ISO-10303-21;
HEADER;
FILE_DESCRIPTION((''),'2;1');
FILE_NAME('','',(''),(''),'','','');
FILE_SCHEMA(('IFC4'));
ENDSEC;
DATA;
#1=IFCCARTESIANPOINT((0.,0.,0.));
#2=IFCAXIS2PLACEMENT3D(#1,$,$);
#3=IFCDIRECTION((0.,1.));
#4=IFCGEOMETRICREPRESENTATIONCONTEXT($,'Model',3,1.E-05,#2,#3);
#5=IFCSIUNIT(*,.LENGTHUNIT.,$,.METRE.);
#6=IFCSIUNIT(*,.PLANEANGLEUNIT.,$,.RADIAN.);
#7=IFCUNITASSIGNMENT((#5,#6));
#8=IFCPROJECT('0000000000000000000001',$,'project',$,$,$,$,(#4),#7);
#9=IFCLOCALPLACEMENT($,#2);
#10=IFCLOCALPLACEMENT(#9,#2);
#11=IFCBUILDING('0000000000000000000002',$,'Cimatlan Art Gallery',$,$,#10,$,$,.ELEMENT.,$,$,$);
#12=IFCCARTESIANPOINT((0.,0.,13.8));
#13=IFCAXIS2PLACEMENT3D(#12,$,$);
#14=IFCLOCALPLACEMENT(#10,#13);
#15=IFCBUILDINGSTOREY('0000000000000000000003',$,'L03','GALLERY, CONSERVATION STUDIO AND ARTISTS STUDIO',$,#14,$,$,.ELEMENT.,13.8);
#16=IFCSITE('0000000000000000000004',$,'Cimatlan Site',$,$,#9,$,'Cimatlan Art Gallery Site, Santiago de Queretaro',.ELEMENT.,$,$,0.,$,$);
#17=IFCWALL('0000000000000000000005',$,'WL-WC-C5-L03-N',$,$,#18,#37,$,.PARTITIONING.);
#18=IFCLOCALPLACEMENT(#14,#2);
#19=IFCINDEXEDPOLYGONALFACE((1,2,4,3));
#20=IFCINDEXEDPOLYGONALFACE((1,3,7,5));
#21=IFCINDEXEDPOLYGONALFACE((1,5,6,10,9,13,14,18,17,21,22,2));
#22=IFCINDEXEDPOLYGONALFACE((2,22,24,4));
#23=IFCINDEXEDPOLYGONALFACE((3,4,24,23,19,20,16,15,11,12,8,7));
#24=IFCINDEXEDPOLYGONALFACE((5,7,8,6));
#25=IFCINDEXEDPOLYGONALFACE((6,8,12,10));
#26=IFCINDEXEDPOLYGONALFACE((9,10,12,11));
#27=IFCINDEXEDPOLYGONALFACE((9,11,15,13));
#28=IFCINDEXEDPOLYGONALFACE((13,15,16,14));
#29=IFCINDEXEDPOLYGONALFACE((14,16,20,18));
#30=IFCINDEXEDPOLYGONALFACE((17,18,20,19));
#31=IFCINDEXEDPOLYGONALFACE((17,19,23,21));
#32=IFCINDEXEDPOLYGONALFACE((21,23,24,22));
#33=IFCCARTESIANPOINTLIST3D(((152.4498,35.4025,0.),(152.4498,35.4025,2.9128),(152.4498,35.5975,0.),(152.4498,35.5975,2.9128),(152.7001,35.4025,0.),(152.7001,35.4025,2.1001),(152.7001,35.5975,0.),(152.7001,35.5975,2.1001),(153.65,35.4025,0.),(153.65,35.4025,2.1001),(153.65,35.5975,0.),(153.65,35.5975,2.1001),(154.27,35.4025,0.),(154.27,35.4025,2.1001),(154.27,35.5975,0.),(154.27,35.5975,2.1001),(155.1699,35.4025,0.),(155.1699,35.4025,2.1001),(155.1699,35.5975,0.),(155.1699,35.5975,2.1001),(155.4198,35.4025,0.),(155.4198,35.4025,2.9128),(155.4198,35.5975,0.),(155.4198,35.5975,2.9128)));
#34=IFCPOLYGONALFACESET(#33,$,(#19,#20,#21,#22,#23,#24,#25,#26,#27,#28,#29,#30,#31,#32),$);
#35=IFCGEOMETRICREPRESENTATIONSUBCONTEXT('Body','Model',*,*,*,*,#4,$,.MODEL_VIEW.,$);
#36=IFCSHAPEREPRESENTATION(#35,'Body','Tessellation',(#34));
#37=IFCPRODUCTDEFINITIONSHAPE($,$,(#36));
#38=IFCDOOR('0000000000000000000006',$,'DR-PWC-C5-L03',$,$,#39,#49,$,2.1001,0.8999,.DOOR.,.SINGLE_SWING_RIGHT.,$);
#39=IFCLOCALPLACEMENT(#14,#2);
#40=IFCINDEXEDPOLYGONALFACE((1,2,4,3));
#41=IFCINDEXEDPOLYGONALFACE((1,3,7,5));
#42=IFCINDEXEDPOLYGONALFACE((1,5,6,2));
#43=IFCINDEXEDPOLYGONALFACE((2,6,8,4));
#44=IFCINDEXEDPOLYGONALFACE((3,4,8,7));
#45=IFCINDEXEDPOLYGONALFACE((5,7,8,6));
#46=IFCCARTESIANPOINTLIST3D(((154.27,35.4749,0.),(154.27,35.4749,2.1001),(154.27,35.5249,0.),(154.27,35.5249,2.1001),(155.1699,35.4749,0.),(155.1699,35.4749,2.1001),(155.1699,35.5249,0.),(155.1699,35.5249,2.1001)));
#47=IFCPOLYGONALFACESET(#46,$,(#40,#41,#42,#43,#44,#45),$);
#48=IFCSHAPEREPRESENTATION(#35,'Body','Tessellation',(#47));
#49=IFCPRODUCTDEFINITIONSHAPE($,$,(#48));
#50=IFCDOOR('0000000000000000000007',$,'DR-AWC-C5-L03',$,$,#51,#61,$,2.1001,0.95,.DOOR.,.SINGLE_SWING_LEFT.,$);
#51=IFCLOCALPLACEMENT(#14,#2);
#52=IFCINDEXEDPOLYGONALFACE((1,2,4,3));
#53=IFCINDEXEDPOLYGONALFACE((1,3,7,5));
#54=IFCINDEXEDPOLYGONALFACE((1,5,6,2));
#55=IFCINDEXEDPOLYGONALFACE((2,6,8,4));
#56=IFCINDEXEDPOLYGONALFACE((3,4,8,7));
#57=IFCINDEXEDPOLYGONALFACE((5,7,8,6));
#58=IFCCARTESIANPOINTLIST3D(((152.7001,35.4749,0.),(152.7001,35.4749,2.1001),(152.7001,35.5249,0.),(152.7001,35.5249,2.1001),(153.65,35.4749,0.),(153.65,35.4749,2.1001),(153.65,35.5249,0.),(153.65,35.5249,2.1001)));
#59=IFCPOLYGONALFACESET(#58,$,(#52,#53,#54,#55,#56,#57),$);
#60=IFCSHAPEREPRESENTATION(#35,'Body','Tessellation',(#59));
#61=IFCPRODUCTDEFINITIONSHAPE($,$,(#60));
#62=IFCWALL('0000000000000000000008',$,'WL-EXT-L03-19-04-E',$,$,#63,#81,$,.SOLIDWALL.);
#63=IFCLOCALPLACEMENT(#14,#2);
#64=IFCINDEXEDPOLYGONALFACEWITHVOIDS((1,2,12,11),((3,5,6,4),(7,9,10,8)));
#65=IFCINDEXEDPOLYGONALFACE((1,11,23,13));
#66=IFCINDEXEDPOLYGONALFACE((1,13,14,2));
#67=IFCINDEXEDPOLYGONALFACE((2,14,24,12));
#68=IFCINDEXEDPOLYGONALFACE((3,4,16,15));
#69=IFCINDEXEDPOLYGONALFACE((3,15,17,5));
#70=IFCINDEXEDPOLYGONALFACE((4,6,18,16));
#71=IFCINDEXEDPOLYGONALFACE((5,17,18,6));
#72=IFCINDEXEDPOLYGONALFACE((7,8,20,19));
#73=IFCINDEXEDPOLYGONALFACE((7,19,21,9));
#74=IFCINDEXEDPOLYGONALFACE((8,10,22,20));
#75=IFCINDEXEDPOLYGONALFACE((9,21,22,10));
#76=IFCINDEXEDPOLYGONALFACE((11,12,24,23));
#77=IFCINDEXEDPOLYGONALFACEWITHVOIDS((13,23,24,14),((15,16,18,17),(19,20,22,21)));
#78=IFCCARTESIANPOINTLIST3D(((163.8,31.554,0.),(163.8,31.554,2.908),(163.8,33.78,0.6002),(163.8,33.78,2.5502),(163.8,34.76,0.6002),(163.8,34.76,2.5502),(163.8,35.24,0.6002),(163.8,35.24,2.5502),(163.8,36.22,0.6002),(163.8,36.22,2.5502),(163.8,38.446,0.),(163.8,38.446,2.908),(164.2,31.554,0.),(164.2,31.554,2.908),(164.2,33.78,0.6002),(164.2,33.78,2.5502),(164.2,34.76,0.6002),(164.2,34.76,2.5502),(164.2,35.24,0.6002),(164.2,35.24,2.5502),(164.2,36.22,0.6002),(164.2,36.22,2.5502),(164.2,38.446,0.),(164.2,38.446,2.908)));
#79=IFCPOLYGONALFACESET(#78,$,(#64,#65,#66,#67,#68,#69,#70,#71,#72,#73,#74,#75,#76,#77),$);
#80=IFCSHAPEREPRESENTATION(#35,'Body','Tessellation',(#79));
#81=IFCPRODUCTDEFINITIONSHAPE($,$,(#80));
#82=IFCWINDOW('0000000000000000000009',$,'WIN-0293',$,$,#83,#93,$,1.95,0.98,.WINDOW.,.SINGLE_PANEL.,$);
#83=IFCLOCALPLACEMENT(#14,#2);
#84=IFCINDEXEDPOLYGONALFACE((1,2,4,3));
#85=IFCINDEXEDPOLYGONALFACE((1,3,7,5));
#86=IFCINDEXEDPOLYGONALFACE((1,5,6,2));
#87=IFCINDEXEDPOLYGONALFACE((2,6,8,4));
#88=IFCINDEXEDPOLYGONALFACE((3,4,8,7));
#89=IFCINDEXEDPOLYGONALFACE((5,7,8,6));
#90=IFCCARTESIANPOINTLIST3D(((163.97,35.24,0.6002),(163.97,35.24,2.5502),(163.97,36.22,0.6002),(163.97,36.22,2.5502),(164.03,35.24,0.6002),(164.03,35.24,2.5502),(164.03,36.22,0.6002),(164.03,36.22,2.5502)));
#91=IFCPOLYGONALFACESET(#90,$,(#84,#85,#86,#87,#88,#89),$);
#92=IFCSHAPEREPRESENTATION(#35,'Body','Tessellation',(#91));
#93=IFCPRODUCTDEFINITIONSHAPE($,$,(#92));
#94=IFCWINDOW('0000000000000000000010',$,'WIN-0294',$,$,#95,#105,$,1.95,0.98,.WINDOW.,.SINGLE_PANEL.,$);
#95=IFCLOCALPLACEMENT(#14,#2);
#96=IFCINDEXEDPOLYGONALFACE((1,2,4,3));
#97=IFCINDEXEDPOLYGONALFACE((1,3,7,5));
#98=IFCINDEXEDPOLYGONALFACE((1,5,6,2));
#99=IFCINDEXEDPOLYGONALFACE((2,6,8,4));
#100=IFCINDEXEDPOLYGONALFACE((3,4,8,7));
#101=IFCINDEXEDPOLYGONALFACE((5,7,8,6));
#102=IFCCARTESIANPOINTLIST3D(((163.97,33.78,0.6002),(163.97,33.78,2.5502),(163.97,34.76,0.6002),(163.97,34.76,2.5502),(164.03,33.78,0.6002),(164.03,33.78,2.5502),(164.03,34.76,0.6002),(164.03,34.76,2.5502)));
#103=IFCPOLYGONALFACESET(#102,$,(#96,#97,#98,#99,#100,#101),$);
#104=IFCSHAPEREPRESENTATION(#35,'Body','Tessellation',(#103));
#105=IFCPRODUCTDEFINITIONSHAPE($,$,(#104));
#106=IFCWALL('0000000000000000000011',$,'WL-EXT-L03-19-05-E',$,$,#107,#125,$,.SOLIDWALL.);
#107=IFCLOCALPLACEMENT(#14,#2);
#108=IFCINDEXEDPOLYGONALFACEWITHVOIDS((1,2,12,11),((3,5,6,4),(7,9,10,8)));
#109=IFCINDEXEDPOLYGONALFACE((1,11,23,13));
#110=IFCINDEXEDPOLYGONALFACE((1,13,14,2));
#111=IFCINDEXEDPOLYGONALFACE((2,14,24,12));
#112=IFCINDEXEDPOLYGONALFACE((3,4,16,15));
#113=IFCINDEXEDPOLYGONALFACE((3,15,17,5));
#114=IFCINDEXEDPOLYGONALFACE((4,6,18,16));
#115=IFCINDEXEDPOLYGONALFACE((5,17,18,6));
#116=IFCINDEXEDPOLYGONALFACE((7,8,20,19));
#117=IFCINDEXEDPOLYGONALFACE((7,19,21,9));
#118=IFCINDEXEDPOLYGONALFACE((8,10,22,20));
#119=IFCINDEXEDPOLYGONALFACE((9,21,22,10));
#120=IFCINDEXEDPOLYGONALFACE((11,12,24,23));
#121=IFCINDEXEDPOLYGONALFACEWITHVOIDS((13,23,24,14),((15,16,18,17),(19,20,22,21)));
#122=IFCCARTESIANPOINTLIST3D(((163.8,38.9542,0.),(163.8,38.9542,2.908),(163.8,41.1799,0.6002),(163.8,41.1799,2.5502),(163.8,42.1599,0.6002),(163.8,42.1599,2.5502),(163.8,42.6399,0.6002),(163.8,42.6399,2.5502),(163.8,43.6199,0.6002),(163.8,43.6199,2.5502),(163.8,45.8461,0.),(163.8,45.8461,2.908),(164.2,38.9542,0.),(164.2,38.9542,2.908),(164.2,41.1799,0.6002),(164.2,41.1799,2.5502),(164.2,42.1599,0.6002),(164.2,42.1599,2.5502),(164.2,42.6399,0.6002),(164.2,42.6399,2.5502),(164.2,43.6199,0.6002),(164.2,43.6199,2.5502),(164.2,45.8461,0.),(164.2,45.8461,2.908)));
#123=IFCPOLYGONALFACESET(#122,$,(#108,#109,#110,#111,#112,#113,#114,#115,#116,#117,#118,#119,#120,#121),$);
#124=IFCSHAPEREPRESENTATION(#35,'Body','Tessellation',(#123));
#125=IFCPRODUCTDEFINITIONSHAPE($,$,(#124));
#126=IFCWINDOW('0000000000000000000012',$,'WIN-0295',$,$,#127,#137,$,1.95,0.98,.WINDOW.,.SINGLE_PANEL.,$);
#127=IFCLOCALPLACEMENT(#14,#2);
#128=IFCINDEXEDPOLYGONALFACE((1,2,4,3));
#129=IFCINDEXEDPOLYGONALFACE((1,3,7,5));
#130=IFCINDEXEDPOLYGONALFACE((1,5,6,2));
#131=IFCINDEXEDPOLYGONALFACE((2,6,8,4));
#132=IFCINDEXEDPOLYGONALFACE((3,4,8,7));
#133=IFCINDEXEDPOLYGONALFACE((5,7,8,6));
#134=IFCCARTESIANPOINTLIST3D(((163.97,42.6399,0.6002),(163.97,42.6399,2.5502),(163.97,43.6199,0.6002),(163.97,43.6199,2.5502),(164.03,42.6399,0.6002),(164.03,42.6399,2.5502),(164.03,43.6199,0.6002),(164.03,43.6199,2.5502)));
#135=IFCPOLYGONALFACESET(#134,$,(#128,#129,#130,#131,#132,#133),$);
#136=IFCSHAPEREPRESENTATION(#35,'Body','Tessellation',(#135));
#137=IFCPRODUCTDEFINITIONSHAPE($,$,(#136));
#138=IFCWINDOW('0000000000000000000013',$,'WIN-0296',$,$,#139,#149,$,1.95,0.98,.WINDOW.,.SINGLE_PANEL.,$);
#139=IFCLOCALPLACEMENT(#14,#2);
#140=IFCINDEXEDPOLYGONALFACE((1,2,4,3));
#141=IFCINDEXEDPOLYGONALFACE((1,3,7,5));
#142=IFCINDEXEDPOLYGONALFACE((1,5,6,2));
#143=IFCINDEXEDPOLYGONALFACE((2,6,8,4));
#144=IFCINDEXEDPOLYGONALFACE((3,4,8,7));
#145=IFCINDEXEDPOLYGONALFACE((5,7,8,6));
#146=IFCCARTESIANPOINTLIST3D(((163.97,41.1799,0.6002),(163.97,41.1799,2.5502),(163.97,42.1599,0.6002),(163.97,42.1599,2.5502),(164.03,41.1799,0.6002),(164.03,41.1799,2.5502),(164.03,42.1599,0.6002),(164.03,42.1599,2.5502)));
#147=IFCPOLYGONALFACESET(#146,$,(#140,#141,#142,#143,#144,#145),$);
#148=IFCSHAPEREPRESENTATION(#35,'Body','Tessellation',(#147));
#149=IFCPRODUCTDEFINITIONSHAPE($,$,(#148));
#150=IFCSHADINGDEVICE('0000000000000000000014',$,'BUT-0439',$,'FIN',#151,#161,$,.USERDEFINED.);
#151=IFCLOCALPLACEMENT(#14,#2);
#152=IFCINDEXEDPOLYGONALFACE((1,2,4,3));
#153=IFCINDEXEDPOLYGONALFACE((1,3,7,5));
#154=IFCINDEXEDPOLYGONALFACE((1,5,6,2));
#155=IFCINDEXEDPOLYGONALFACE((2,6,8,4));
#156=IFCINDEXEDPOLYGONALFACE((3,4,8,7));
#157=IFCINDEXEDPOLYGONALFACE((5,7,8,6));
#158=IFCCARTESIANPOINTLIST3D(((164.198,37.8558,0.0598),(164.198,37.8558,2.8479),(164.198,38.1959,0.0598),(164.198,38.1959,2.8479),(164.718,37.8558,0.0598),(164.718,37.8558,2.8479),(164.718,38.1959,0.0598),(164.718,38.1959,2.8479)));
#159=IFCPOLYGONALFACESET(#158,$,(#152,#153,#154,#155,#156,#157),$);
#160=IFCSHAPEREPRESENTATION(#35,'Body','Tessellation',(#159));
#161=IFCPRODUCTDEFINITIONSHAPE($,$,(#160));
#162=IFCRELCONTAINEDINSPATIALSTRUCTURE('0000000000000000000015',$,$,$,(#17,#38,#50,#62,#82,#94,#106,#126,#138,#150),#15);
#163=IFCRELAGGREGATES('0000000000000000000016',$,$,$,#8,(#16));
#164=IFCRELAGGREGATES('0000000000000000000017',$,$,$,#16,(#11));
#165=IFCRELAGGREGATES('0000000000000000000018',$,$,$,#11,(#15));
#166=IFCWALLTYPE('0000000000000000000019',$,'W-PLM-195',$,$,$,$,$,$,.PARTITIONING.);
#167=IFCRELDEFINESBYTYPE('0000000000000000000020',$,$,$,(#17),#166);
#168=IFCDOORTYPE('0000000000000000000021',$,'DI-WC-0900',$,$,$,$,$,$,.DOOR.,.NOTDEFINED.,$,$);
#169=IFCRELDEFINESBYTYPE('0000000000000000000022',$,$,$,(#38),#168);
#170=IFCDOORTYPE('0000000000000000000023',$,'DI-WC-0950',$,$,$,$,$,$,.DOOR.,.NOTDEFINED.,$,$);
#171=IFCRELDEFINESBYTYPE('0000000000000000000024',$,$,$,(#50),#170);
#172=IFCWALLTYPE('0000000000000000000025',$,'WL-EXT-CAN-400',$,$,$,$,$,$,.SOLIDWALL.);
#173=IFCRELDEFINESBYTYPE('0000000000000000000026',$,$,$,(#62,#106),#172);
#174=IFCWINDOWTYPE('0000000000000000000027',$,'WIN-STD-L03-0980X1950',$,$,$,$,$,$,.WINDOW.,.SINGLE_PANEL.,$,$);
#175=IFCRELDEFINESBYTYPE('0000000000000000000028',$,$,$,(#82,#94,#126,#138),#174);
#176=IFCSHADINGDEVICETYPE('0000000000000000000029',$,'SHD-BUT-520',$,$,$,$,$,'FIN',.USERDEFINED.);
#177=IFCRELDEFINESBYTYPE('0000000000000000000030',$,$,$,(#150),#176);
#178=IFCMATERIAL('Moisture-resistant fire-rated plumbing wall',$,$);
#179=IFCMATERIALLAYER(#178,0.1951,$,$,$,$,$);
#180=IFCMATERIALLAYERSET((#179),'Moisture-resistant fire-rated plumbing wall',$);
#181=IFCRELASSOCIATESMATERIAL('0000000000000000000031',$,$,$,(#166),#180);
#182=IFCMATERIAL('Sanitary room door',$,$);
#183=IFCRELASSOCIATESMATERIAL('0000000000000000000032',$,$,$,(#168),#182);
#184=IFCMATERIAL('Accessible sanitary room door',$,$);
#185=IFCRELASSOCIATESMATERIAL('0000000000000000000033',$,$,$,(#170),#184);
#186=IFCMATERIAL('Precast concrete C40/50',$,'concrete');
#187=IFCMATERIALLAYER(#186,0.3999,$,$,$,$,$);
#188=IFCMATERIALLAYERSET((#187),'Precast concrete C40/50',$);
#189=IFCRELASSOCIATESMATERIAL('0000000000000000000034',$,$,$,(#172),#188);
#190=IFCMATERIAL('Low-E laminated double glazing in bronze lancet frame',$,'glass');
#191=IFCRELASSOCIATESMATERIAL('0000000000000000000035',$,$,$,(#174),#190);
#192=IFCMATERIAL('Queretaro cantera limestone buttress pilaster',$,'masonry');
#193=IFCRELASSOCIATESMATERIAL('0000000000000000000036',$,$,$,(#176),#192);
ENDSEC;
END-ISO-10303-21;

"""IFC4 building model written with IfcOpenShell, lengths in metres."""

from ifc_helpers import new_model, si_unit, direction, frame, frame_2d, origin, origin_2d, place, context, subcontext, project, spatial, rectangle, extrude, material, layer, layer_set, type_object, element, fill, save


model = new_model("IFC4")

# Units and contexts
model_context = context("Model", 3, precision=1e-05, world=origin(), true_north=direction((0.0, 1.0)))
body_context = subcontext(model_context, "Body", "Model", "MODEL_VIEW")
ifc_project = project(units=[si_unit("LENGTHUNIT", "METRE"), si_unit("PLANEANGLEUNIT", "RADIAN")], contexts=[model_context])

# Site, building, storey
site_placement = place(None, origin())
site = spatial("IfcSite", under=ifc_project, at=site_placement, Name="Cimatlan Site", LongName="Cimatlan Art Gallery Site, Santiago de Queretaro", CompositionType="ELEMENT", RefElevation=0.0)
building_placement = place(site_placement, origin())
building = spatial("IfcBuilding", under=site, at=building_placement, Name="Cimatlan Art Gallery", CompositionType="ELEMENT")
storey_placement = place(building_placement, frame((0.0, 0.0, 13.8)))
storey = spatial("IfcBuildingStorey", under=building, at=storey_placement, Name="L03", Description="GALLERY, CONSERVATION STUDIO AND ARTISTS STUDIO", CompositionType="ELEMENT", Elevation=13.8)

# Shared definitions
ifc_material_1 = material(Name="Precast concrete C40/50", Category="concrete")

# Wall, openings, doors
ifc_material_2 = material(Name="Moisture-resistant fire-rated plumbing wall")
ifc_layer_1 = layer(ifc_material_2, 0.1951)
ifc_layer_set_1 = layer_set([ifc_layer_1], Name="Moisture-resistant fire-rated plumbing wall")
wall_type_1 = type_object("IfcWallType", Name="W-PLM-195", PredefinedType="PARTITIONING", material=ifc_layer_set_1)
wall_1_placement = place(storey_placement, frame((152.45, 35.5, 0.0), z_axis=(0.0, 0.0, 1.0), x_axis=(1.0, 0.0, 0.0)))
wall_1 = element("IfcWall", 1, at=wall_1_placement, inside=storey, type_object=wall_type_1, Name="WL-WC-C5-L03-N", PredefinedType="PARTITIONING", context=body_context, shape_type="SweptSolid", body=[
    extrude(rectangle(XDim=2.97, YDim=0.1951, at=frame_2d((1.4849, 0.0))), origin(), (0.0, 0.0, 1.0), 2.9128),
])
opening_1_placement = place(wall_1_placement, frame((0.25, 0.0, 0.0)))
opening_1 = element("IfcOpeningElement", 2, at=opening_1_placement, cuts=wall_1, PredefinedType="OPENING", context=body_context, shape_type="SweptSolid", body=[
    extrude(rectangle(XDim=0.95, YDim=2.1001, at=frame_2d((0.4751, 1.05))), frame((0.0, 0.1074, 0.0), z_axis=(0.0, -1.0, 0.0), x_axis=(1.0, 0.0, 0.0)), (0.0, 0.0, 1.0), 0.2151),
])
opening_2_placement = place(wall_1_placement, frame((1.8201, 0.0, 0.0)))
opening_2 = element("IfcOpeningElement", 3, at=opening_2_placement, cuts=wall_1, PredefinedType="OPENING", context=body_context, shape_type="SweptSolid", body=[
    extrude(rectangle(XDim=0.8999, YDim=2.1001, at=frame_2d((0.45, 1.05))), frame((0.0, 0.1074, 0.0), z_axis=(0.0, -1.0, 0.0), x_axis=(1.0, 0.0, 0.0)), (0.0, 0.0, 1.0), 0.2151),
])
ifc_material_3 = material(Name="Sanitary room door")
door_type_1 = type_object("IfcDoorType", Name="DI-WC-0900", OperationType="NOTDEFINED", PredefinedType="DOOR", material=ifc_material_3)
door_1_placement = place(opening_2_placement, origin())
door_1 = element("IfcDoor", 4, at=door_1_placement, inside=storey, type_object=door_type_1, Name="DR-PWC-C5-L03", OperationType="SINGLE_SWING_RIGHT", OverallHeight=2.1001, OverallWidth=0.8999, PredefinedType="DOOR", context=body_context, shape_type="SweptSolid", body=[
    extrude(rectangle(XDim=0.8999, YDim=2.1001, at=frame_2d((0.45, 1.05))), frame((0.0, 0.0249, 0.0), z_axis=(0.0, -1.0, 0.0), x_axis=(1.0, 0.0, 0.0)), (0.0, 0.0, 1.0), 0.05),
])
fill(opening_2, door_1)
ifc_material_4 = material(Name="Accessible sanitary room door")
door_type_2 = type_object("IfcDoorType", Name="DI-WC-0950", OperationType="NOTDEFINED", PredefinedType="DOOR", material=ifc_material_4)
door_2_placement = place(opening_1_placement, origin())
door_2 = element("IfcDoor", 5, at=door_2_placement, inside=storey, type_object=door_type_2, Name="DR-AWC-C5-L03", OperationType="SINGLE_SWING_LEFT", OverallHeight=2.1001, OverallWidth=0.95, PredefinedType="DOOR", context=body_context, shape_type="SweptSolid", body=[
    extrude(rectangle(XDim=0.95, YDim=2.1001, at=frame_2d((0.4751, 1.05))), frame((0.0, 0.0249, 0.0), z_axis=(0.0, -1.0, 0.0), x_axis=(1.0, 0.0, 0.0)), (0.0, 0.0, 1.0), 0.05),
])
fill(opening_1, door_2)

# Walls, openings, windows
ifc_layer_2 = layer(ifc_material_1, 0.3999)
ifc_layer_set_2 = layer_set([ifc_layer_2], Name="Precast concrete C40/50")
wall_type_2 = type_object("IfcWallType", Name="WL-EXT-CAN-400", PredefinedType="SOLIDWALL", material=ifc_layer_set_2)
wall_2_placement = place(storey_placement, frame((164.0, 38.446, 0.0), z_axis=(0.0, 0.0, 1.0), x_axis=(0.0, -1.0, 0.0)))
wall_2 = element("IfcWall", 6, at=wall_2_placement, inside=storey, type_object=wall_type_2, Name="WL-EXT-L03-19-04-E", PredefinedType="SOLIDWALL", context=body_context, shape_type="SweptSolid", body=[
    extrude(rectangle(XDim=6.8921, YDim=0.3999, at=frame_2d((3.446, 0.0))), origin(), (0.0, 0.0, 1.0), 2.908),
])
opening_3_placement = place(wall_2_placement, frame((2.2261, 0.0, 0.6001)))
opening_3 = element("IfcOpeningElement", 7, at=opening_3_placement, cuts=wall_2, PredefinedType="OPENING", context=body_context, shape_type="SweptSolid", body=[
    extrude(rectangle(XDim=0.98, YDim=1.95, at=frame_2d((0.49, 0.9751))), frame((0.0, 0.21, 0.0), z_axis=(0.0, -1.0, 0.0), x_axis=(1.0, 0.0, 0.0)), (0.0, 0.0, 1.0), 0.4199),
])
opening_4_placement = place(wall_2_placement, frame((3.686, 0.0, 0.6001)))
opening_4 = element("IfcOpeningElement", 8, at=opening_4_placement, cuts=wall_2, PredefinedType="OPENING", context=body_context, shape_type="SweptSolid", body=[
    extrude(rectangle(XDim=0.98, YDim=1.95, at=frame_2d((0.49, 0.9751))), frame((0.0, 0.21, 0.0), z_axis=(0.0, -1.0, 0.0), x_axis=(1.0, 0.0, 0.0)), (0.0, 0.0, 1.0), 0.4199),
])
ifc_material_5 = material(Name="Low-E laminated double glazing in bronze lancet frame", Category="glass")
window_type = type_object("IfcWindowType", Name="WIN-STD-L03-0980X1950", PartitioningType="SINGLE_PANEL", PredefinedType="WINDOW", material=ifc_material_5)
window_1_placement = place(opening_3_placement, origin())
window_1 = element("IfcWindow", 9, at=window_1_placement, inside=storey, type_object=window_type, Name="WIN-0293", OverallHeight=1.95, OverallWidth=0.98, PartitioningType="SINGLE_PANEL", PredefinedType="WINDOW", context=body_context, shape_type="SweptSolid", body=[
    extrude(rectangle(XDim=0.98, YDim=1.95, at=frame_2d((0.49, 0.9751))), frame((0.0, 0.03, 0.0), z_axis=(0.0, -1.0, 0.0), x_axis=(1.0, 0.0, 0.0)), (0.0, 0.0, 1.0), 0.0601),
])
fill(opening_3, window_1)
window_2_placement = place(opening_4_placement, origin())
window_2 = element("IfcWindow", 10, at=window_2_placement, inside=storey, type_object=window_type, Name="WIN-0294", OverallHeight=1.95, OverallWidth=0.98, PartitioningType="SINGLE_PANEL", PredefinedType="WINDOW", context=body_context, shape_type="SweptSolid", body=[
    extrude(rectangle(XDim=0.98, YDim=1.95, at=frame_2d((0.49, 0.9751))), frame((0.0, 0.03, 0.0), z_axis=(0.0, -1.0, 0.0), x_axis=(1.0, 0.0, 0.0)), (0.0, 0.0, 1.0), 0.0601),
])
fill(opening_4, window_2)
wall_3_placement = place(storey_placement, frame((164.0, 45.8459, 0.0), z_axis=(0.0, 0.0, 1.0), x_axis=(0.0, -1.0, 0.0)))
wall_3 = element("IfcWall", 11, at=wall_3_placement, inside=storey, type_object=wall_type_2, Name="WL-EXT-L03-19-05-E", PredefinedType="SOLIDWALL", context=body_context, shape_type="SweptSolid", body=[
    extrude(rectangle(XDim=6.8918, YDim=0.3999, at=frame_2d((3.4458, 0.0))), origin(), (0.0, 0.0, 1.0), 2.908),
])
opening_5_placement = place(wall_3_placement, frame((2.2261, 0.0, 0.6001)))
opening_5 = element("IfcOpeningElement", 12, at=opening_5_placement, cuts=wall_3, PredefinedType="OPENING", context=body_context, shape_type="SweptSolid", body=[
    extrude(rectangle(XDim=0.98, YDim=1.95, at=frame_2d((0.49, 0.9751))), frame((0.0, 0.21, 0.0), z_axis=(0.0, -1.0, 0.0), x_axis=(1.0, 0.0, 0.0)), (0.0, 0.0, 1.0), 0.4199),
])
opening_6_placement = place(wall_3_placement, frame((3.686, 0.0, 0.6001)))
opening_6 = element("IfcOpeningElement", 13, at=opening_6_placement, cuts=wall_3, PredefinedType="OPENING", context=body_context, shape_type="SweptSolid", body=[
    extrude(rectangle(XDim=0.98, YDim=1.95, at=frame_2d((0.49, 0.9751))), frame((0.0, 0.21, 0.0), z_axis=(0.0, -1.0, 0.0), x_axis=(1.0, 0.0, 0.0)), (0.0, 0.0, 1.0), 0.4199),
])
window_3_placement = place(opening_5_placement, origin())
window_3 = element("IfcWindow", 14, at=window_3_placement, inside=storey, type_object=window_type, Name="WIN-0295", OverallHeight=1.95, OverallWidth=0.98, PartitioningType="SINGLE_PANEL", PredefinedType="WINDOW", context=body_context, shape_type="SweptSolid", body=[
    extrude(rectangle(XDim=0.98, YDim=1.95, at=frame_2d((0.49, 0.9751))), frame((0.0, 0.03, 0.0), z_axis=(0.0, -1.0, 0.0), x_axis=(1.0, 0.0, 0.0)), (0.0, 0.0, 1.0), 0.0601),
])
fill(opening_5, window_3)
window_4_placement = place(opening_6_placement, origin())
window_4 = element("IfcWindow", 15, at=window_4_placement, inside=storey, type_object=window_type, Name="WIN-0296", OverallHeight=1.95, OverallWidth=0.98, PartitioningType="SINGLE_PANEL", PredefinedType="WINDOW", context=body_context, shape_type="SweptSolid", body=[
    extrude(rectangle(XDim=0.98, YDim=1.95, at=frame_2d((0.49, 0.9751))), frame((0.0, 0.03, 0.0), z_axis=(0.0, -1.0, 0.0), x_axis=(1.0, 0.0, 0.0)), (0.0, 0.0, 1.0), 0.0601),
])
fill(opening_6, window_4)

# Shading device
ifc_material_6 = material(Name="Queretaro cantera limestone buttress pilaster", Category="masonry")
shading_device_type = type_object("IfcShadingDeviceType", Name="SHD-BUT-520", ElementType="FIN", PredefinedType="USERDEFINED", material=ifc_material_6)
for number, where, z_axis, x_axis, name in (
    (16, (164.458, 38.0259, 0.0598), (0.0, 0.0, 1.0), (0.0, -1.0, 0.0), "BUT-0439"),
):
    element("IfcShadingDevice", number, at=place(storey_placement, frame(where, z_axis=z_axis, x_axis=x_axis)), inside=storey, type_object=shading_device_type, Name=name, ObjectType="FIN", PredefinedType="USERDEFINED", context=body_context, shape_type="SweptSolid", body=[
        extrude(rectangle(XDim=0.3401, YDim=0.52, at=origin_2d()), origin(), (0.0, 0.0, 1.0), 2.7881),
    ])

save(model, "model.ifc")
